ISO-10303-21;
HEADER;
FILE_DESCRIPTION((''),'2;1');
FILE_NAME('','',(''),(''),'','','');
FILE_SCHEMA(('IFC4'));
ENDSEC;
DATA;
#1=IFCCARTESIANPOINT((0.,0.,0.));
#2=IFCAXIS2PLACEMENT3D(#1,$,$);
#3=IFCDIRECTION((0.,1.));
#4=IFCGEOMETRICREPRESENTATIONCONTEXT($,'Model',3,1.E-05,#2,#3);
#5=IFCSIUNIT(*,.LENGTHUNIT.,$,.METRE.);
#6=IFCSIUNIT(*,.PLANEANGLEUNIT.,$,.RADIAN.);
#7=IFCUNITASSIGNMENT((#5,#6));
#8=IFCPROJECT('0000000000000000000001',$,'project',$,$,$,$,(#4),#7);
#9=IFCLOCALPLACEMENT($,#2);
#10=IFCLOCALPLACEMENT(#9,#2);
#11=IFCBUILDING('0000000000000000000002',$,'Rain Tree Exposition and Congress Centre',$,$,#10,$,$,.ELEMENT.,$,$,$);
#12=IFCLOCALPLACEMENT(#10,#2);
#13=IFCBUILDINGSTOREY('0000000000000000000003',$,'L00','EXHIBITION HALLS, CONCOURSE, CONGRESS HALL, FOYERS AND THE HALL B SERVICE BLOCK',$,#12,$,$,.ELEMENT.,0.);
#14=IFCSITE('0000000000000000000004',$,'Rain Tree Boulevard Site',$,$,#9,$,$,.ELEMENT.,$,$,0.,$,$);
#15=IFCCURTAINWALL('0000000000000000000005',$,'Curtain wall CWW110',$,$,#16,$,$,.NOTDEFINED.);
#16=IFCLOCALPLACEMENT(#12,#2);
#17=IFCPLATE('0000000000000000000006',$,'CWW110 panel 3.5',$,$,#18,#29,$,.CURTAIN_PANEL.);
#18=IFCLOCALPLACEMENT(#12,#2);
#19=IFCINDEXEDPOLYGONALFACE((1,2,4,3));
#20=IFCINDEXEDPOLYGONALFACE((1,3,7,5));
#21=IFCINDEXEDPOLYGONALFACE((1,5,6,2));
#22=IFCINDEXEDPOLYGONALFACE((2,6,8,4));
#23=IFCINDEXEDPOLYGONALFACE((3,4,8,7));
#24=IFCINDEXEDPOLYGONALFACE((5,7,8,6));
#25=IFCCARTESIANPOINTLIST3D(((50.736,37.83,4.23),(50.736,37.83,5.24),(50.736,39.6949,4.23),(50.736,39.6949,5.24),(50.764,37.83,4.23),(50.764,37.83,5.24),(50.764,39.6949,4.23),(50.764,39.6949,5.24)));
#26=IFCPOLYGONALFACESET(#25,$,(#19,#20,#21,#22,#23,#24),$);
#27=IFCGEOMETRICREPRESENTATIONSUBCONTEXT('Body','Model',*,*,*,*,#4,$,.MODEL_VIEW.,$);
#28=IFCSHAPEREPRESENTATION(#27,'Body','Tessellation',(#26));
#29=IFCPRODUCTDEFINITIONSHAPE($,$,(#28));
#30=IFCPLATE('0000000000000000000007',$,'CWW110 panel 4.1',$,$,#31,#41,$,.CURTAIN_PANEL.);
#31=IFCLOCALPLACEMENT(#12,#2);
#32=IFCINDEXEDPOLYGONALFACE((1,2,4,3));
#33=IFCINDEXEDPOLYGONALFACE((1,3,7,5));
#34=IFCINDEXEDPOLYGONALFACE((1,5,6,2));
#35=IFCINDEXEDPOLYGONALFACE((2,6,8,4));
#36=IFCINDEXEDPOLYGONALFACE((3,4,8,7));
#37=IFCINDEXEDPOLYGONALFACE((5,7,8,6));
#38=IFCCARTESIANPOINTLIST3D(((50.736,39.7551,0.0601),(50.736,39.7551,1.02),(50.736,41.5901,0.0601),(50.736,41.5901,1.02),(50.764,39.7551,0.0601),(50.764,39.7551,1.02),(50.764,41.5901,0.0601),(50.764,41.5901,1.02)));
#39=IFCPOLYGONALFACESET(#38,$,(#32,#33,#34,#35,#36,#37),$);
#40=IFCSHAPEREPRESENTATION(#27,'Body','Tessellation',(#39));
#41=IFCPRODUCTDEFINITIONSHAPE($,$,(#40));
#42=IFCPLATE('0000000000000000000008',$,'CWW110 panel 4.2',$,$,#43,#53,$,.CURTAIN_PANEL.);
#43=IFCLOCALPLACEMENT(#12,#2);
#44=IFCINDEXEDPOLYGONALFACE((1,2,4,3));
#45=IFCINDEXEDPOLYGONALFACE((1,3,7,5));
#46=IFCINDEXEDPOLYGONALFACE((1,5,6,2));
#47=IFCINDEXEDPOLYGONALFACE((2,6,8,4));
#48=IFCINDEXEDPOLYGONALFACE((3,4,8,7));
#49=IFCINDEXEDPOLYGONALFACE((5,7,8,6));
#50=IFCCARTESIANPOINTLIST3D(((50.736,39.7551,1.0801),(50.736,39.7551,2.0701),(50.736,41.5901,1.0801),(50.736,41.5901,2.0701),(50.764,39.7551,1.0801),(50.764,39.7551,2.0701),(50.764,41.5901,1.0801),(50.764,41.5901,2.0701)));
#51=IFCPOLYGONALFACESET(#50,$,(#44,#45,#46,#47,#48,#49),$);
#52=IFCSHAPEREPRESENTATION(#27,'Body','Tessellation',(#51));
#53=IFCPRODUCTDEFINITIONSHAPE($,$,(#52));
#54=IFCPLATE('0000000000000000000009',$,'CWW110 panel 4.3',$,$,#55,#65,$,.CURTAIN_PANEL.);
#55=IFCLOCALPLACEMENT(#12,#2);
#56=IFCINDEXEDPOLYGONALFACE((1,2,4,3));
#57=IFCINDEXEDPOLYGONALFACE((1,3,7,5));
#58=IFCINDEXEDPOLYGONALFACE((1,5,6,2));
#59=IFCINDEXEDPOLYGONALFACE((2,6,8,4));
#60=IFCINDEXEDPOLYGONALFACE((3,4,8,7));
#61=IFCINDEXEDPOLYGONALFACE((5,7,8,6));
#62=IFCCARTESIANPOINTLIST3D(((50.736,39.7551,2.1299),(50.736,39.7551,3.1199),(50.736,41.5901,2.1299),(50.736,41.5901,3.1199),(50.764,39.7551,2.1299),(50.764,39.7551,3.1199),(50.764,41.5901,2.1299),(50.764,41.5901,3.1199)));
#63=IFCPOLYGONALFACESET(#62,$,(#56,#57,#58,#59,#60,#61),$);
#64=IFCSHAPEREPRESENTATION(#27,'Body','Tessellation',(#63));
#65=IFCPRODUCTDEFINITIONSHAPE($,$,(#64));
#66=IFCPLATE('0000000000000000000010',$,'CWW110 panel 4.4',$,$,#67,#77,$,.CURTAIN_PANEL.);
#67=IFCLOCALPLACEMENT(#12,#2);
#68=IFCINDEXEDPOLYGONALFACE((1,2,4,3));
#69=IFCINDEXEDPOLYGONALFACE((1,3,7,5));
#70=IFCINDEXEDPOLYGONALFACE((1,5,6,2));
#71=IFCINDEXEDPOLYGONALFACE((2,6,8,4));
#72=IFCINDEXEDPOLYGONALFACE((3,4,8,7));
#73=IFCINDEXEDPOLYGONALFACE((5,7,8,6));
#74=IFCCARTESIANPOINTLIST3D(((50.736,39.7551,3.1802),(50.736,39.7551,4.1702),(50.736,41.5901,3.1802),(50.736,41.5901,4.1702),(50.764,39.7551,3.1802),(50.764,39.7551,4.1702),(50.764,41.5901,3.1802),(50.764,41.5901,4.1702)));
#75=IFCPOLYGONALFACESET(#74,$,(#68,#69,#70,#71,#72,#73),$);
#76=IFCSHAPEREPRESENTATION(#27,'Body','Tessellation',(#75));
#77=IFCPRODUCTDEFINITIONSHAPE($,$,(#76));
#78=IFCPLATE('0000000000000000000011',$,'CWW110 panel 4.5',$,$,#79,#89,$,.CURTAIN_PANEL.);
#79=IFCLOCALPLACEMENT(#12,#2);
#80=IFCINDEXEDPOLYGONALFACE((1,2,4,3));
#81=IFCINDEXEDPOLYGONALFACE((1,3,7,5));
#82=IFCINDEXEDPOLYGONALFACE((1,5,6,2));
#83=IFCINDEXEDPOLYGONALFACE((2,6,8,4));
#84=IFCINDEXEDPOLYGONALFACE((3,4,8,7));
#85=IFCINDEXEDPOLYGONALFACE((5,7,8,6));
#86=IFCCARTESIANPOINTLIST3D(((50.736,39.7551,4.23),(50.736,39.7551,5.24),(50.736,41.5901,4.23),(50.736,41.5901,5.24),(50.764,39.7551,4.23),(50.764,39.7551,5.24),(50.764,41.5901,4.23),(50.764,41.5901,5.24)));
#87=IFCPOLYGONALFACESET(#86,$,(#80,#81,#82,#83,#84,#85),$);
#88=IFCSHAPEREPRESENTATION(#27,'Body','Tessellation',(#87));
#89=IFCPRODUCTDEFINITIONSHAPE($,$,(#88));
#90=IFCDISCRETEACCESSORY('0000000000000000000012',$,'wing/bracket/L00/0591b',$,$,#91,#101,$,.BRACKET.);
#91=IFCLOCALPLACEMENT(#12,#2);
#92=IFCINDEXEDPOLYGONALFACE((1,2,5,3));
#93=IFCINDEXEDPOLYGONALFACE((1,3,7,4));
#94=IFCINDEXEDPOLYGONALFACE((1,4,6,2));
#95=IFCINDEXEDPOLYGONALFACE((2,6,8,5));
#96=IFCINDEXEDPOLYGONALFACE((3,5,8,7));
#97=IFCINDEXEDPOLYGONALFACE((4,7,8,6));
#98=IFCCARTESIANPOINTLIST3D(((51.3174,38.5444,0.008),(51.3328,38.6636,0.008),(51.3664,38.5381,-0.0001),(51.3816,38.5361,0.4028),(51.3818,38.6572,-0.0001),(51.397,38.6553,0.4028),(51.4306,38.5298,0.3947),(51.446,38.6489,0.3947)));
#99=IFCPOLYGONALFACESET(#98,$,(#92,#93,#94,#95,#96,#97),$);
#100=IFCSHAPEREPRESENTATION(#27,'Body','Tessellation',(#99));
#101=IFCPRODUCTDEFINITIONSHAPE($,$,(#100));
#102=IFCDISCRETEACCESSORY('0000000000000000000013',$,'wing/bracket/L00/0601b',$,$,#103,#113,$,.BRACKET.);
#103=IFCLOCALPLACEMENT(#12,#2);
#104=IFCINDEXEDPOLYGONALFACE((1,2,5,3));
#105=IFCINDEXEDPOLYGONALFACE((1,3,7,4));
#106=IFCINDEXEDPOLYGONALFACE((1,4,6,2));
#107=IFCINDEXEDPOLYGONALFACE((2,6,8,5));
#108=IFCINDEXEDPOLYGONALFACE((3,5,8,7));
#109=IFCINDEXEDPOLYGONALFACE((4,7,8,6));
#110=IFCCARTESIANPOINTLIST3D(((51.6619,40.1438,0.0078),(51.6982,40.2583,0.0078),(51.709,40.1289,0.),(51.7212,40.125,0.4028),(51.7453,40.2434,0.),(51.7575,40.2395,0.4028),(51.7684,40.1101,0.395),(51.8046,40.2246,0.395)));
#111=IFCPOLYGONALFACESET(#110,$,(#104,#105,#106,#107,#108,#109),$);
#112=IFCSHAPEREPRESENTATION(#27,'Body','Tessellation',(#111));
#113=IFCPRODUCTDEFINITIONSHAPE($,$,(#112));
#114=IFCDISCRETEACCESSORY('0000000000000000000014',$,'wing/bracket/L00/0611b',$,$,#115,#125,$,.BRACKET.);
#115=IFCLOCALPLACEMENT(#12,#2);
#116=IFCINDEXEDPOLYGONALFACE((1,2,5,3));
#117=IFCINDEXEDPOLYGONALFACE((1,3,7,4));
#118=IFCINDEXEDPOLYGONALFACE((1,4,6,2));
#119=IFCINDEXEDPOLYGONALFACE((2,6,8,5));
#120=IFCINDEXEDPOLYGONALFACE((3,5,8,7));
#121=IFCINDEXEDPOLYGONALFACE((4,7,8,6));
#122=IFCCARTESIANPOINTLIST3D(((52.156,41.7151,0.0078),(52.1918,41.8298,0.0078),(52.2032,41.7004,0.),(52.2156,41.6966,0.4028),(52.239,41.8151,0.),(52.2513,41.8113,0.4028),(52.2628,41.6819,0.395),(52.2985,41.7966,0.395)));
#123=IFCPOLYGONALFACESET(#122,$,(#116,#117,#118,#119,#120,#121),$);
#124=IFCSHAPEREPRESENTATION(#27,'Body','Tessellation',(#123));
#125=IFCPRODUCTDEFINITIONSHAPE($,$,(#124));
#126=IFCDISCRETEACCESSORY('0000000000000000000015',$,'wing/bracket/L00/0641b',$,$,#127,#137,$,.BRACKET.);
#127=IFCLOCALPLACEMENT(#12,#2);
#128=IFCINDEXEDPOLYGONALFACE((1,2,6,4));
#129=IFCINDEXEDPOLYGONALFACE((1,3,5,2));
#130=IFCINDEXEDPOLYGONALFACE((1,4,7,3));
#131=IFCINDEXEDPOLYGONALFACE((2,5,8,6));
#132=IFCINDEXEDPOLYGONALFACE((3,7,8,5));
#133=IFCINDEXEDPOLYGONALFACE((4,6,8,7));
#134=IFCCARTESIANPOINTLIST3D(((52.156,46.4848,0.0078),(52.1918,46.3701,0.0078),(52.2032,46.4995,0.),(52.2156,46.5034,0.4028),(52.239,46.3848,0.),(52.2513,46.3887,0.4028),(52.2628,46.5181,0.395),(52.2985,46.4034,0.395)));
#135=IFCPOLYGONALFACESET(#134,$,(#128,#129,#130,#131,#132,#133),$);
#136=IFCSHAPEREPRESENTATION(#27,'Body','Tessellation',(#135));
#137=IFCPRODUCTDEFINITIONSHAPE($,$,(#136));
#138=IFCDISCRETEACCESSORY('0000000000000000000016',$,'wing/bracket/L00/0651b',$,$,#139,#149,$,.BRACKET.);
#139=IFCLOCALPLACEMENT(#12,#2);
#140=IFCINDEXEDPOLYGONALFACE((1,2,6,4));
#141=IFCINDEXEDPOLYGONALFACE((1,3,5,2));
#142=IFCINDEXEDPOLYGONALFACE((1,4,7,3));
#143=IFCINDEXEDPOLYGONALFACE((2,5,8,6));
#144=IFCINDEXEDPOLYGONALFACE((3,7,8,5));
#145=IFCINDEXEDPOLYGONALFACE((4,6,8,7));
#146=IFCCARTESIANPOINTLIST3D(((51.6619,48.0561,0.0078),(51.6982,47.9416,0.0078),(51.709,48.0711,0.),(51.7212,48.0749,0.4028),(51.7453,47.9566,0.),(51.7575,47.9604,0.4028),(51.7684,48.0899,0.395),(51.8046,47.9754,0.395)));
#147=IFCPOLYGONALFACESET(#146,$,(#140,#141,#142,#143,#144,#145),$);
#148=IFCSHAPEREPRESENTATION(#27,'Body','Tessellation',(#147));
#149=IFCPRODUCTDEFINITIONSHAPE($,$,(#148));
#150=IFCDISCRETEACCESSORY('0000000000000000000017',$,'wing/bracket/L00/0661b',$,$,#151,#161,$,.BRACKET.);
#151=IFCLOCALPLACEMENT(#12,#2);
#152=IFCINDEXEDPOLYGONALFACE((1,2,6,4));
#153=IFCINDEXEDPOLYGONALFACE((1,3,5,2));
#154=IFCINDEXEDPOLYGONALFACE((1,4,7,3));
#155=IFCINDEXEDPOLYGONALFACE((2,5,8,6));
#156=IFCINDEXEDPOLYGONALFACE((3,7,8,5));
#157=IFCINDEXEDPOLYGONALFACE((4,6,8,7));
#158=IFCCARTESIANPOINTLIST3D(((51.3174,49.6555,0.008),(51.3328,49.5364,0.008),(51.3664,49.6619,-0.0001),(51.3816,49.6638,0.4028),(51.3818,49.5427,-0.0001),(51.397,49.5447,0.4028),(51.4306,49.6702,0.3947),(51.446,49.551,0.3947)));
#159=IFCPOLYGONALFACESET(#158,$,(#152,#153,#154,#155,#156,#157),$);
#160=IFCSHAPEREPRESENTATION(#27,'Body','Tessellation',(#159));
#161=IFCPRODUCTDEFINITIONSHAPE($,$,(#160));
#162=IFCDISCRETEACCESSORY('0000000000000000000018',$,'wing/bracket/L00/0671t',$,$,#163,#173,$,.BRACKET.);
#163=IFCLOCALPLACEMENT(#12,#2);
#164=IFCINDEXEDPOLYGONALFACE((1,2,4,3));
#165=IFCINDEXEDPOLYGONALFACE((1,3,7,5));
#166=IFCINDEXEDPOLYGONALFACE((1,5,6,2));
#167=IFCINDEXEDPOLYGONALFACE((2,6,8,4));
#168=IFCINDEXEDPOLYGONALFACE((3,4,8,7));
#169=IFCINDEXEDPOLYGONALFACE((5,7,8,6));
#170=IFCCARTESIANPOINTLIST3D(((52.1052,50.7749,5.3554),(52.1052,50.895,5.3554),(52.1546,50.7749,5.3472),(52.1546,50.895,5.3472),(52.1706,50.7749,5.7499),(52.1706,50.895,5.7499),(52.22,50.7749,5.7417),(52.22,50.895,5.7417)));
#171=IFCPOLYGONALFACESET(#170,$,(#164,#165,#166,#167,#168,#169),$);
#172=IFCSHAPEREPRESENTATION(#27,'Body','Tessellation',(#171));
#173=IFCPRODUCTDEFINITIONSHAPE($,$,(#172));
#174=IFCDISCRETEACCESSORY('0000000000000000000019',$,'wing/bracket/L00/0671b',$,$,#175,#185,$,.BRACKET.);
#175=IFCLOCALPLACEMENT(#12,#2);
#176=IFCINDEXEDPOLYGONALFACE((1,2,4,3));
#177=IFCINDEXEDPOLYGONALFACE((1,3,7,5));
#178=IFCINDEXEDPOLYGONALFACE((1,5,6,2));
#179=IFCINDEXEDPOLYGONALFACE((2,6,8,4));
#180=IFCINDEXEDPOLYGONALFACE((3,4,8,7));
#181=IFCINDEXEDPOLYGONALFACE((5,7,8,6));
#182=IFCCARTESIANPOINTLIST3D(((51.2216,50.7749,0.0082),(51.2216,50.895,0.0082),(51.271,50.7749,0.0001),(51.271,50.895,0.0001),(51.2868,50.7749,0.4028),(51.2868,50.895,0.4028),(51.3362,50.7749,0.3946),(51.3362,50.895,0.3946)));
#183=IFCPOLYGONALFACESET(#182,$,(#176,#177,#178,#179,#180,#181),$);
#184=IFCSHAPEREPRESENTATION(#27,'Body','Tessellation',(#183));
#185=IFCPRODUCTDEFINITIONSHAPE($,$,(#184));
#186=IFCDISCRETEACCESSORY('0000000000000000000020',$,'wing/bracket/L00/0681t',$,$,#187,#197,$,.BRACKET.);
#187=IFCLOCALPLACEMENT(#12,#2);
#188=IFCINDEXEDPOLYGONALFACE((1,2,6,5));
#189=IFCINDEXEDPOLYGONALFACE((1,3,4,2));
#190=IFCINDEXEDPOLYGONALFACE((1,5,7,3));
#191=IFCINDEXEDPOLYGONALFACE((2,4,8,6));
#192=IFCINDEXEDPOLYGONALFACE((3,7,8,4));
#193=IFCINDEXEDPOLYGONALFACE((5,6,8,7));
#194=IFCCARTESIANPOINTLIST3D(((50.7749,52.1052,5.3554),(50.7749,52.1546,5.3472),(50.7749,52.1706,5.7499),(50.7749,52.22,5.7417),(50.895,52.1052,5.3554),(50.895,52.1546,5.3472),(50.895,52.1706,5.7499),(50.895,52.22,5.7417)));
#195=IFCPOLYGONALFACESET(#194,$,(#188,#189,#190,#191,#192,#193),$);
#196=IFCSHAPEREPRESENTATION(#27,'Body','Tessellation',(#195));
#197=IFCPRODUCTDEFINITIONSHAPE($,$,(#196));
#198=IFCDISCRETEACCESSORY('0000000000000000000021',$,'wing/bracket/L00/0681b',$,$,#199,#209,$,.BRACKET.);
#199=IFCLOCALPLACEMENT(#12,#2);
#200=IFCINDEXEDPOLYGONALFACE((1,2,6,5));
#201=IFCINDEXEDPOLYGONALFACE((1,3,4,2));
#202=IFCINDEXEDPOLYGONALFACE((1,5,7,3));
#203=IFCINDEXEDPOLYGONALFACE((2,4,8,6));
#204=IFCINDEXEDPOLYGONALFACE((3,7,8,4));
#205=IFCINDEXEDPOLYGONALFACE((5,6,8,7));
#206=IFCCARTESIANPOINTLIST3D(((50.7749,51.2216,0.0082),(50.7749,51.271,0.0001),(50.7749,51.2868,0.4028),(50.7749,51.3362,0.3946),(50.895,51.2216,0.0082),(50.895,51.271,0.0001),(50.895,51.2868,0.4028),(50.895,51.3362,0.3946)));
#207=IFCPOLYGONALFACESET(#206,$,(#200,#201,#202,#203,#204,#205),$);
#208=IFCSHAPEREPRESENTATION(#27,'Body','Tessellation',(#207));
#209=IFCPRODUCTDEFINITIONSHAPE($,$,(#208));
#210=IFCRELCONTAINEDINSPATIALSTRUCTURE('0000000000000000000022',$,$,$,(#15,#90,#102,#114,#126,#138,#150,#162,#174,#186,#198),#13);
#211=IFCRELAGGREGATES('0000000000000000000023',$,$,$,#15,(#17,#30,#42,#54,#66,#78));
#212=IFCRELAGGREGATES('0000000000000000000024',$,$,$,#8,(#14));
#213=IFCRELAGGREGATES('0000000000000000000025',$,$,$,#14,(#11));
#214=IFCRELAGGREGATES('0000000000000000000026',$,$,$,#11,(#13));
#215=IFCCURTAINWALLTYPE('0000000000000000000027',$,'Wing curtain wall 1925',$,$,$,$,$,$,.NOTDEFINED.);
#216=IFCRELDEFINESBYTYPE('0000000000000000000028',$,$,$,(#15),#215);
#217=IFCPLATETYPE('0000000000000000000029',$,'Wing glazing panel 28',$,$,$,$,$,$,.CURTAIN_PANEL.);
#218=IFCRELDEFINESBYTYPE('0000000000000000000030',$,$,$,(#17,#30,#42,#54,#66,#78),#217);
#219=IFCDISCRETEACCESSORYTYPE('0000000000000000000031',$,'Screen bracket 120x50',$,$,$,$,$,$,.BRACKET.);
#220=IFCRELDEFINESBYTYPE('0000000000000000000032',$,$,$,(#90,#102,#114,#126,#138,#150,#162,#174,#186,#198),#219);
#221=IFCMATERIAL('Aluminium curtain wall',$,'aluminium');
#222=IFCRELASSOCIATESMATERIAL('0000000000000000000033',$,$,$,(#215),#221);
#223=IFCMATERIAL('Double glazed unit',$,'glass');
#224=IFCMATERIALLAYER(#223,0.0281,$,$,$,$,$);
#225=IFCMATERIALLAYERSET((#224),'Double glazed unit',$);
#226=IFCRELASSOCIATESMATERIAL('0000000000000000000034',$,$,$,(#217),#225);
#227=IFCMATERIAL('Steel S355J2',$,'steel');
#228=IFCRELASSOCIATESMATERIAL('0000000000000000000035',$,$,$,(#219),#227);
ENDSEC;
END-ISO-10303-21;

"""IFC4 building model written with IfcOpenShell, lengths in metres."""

from ifc_helpers import new_model, si_unit, direction, frame, origin, origin_2d, place, context, subcontext, project, spatial, rectangle, extrude, material, layer, layer_set, material_profile, profile_set, type_object, element, aggregate, save


model = new_model("IFC4")

# Units and contexts
model_context = context("Model", 3, precision=1e-05, world=origin(), true_north=direction((0.0, 1.0)))
body_context = subcontext(model_context, "Body", "Model", "MODEL_VIEW")
ifc_project = project(units=[si_unit("LENGTHUNIT", "METRE"), si_unit("PLANEANGLEUNIT", "RADIAN")], contexts=[model_context])

# Site, building, storey
site_placement = place(None, origin())
site = spatial("IfcSite", under=ifc_project, at=site_placement, Name="Rain Tree Boulevard Site", CompositionType="ELEMENT", RefElevation=0.0)
building_placement = place(site_placement, origin())
building = spatial("IfcBuilding", under=site, at=building_placement, Name="Rain Tree Exposition and Congress Centre", CompositionType="ELEMENT")
storey_placement = place(building_placement, origin())
storey = spatial("IfcBuildingStorey", under=building, at=storey_placement, Name="L00", Description="EXHIBITION HALLS, CONCOURSE, CONGRESS HALL, FOYERS AND THE HALL B SERVICE BLOCK", CompositionType="ELEMENT", Elevation=0.0)

# Curtain wall, plates
ifc_material_1 = material(Name="Aluminium curtain wall", Category="aluminium")
curtain_wall_type = type_object("IfcCurtainWallType", Name="Wing curtain wall 1925", PredefinedType="NOTDEFINED", material=ifc_material_1)
curtain_wall_placement = place(storey_placement, origin())
curtain_wall = element("IfcCurtainWall", 1, at=curtain_wall_placement, inside=storey, type_object=curtain_wall_type, Name="Curtain wall CWW110", PredefinedType="NOTDEFINED")
ifc_material_2 = material(Name="Double glazed unit", Category="glass")
ifc_layer_1 = layer(ifc_material_2, 0.0281)
ifc_layer_set_1 = layer_set([ifc_layer_1], Name="Double glazed unit")
plate_type = type_object("IfcPlateType", Name="Wing glazing panel 28", PredefinedType="CURTAIN_PANEL", material=ifc_layer_set_1)
plate_1_placement = place(storey_placement, frame((50.75, 38.7625, 4.23), z_axis=(0.0, 0.0, 1.0), x_axis=(0.0, 1.0, 0.0)))
plate_1 = element("IfcPlate", 2, at=plate_1_placement, type_object=plate_type, Name="CWW110 panel 3.5", PredefinedType="CURTAIN_PANEL", context=body_context, shape_type="SweptSolid", body=[
    extrude(rectangle(XDim=1.865, YDim=0.0281, at=origin_2d()), origin(), (0.0, 0.0, 1.0), 1.01),
])
plate_2_placement = place(storey_placement, frame((50.75, 40.6726, 0.0601), z_axis=(0.0, 0.0, 1.0), x_axis=(0.0, 1.0, 0.0)))
plate_2 = element("IfcPlate", 3, at=plate_2_placement, type_object=plate_type, Name="CWW110 panel 4.1", PredefinedType="CURTAIN_PANEL", context=body_context, shape_type="SweptSolid", body=[
    extrude(rectangle(XDim=1.835, YDim=0.0281, at=origin_2d()), origin(), (0.0, 0.0, 1.0), 0.96),
])
plate_3_placement = place(storey_placement, frame((50.75, 40.6726, 1.0801), z_axis=(0.0, 0.0, 1.0), x_axis=(0.0, 1.0, 0.0)))
plate_3 = element("IfcPlate", 4, at=plate_3_placement, type_object=plate_type, Name="CWW110 panel 4.2", PredefinedType="CURTAIN_PANEL", context=body_context, shape_type="SweptSolid", body=[
    extrude(rectangle(XDim=1.835, YDim=0.0281, at=origin_2d()), origin(), (0.0, 0.0, 1.0), 0.99),
])
plate_4_placement = place(storey_placement, frame((50.75, 40.6726, 2.1299), z_axis=(0.0, 0.0, 1.0), x_axis=(0.0, 1.0, 0.0)))
plate_4 = element("IfcPlate", 5, at=plate_4_placement, type_object=plate_type, Name="CWW110 panel 4.3", PredefinedType="CURTAIN_PANEL", context=body_context, shape_type="SweptSolid", body=[
    extrude(rectangle(XDim=1.835, YDim=0.0281, at=origin_2d()), origin(), (0.0, 0.0, 1.0), 0.99),
])
plate_5_placement = place(storey_placement, frame((50.75, 40.6726, 3.1802), z_axis=(0.0, 0.0, 1.0), x_axis=(0.0, 1.0, 0.0)))
plate_5 = element("IfcPlate", 6, at=plate_5_placement, type_object=plate_type, Name="CWW110 panel 4.4", PredefinedType="CURTAIN_PANEL", context=body_context, shape_type="SweptSolid", body=[
    extrude(rectangle(XDim=1.835, YDim=0.0281, at=origin_2d()), origin(), (0.0, 0.0, 1.0), 0.99),
])
plate_6_placement = place(storey_placement, frame((50.75, 40.6726, 4.23), z_axis=(0.0, 0.0, 1.0), x_axis=(0.0, 1.0, 0.0)))
plate_6 = element("IfcPlate", 7, at=plate_6_placement, type_object=plate_type, Name="CWW110 panel 4.5", PredefinedType="CURTAIN_PANEL", context=body_context, shape_type="SweptSolid", body=[
    extrude(rectangle(XDim=1.835, YDim=0.0281, at=origin_2d()), origin(), (0.0, 0.0, 1.0), 1.01),
])
aggregate(curtain_wall, [plate_1, plate_2, plate_3, plate_4, plate_5, plate_6])

# Discrete accessories
ifc_material_3 = material(Name="Steel S355J2", Category="steel")
ifc_material_profile_1 = material_profile(ifc_material_3, rectangle(XDim=0.1201, YDim=0.05, at=origin_2d()), Name="Flat bar 120x50")
ifc_profile_set_1 = profile_set([ifc_material_profile_1], Name="Steel S355J2")
discrete_accessory_type = type_object("IfcDiscreteAccessoryType", Name="Screen bracket 120x50", PredefinedType="BRACKET", material=ifc_profile_set_1)
discrete_accessory_1_placement = place(storey_placement, frame((51.3496, 38.6008, 0.0039), z_axis=(0.160503, -0.020749, 0.986817), x_axis=(0.128211, 0.991747, 0.0)))
element("IfcDiscreteAccessory", 8, at=discrete_accessory_1_placement, inside=storey, type_object=discrete_accessory_type, Name="wing/bracket/L00/0591b", PredefinedType="BRACKET", context=body_context, shape_type="SweptSolid", body=[
    extrude(rectangle(XDim=0.1201, YDim=0.05, at=origin_2d()), origin(), (0.0, 0.0, 1.0), 0.4001),
])
for number, where, z_axis, x_axis, name in (
    (9, (51.7036, 40.1936, 0.0039), (0.148356, -0.04701, 0.987816), (0.30207, 0.953286, 0.0), "wing/bracket/L00/0601b"),
    (10, (52.1975, 41.7651, 0.0039), (0.148957, -0.046396, 0.987755), (0.297384, 0.954758, 0.0), "wing/bracket/L00/0611b"),
    (11, (52.1975, 46.4348, 0.0039), (0.148957, 0.046396, 0.987755), (-0.297384, 0.954758, 0.0), "wing/bracket/L00/0641b"),
    (12, (51.7036, 48.0063, 0.0039), (0.148356, 0.04701, 0.987816), (-0.30207, 0.953286, 0.0), "wing/bracket/L00/0651b"),
):
    element("IfcDiscreteAccessory", number, at=place(storey_placement, frame(where, z_axis=z_axis, x_axis=x_axis)), inside=storey, type_object=discrete_accessory_type, Name=name, PredefinedType="BRACKET", context=body_context, shape_type="SweptSolid", body=[
        extrude(rectangle(XDim=0.1201, YDim=0.05, at=origin_2d()), origin(), (0.0, 0.0, 1.0), 0.3999),
    ])
discrete_accessory_2_placement = place(storey_placement, frame((51.3496, 49.5991, 0.0039), z_axis=(0.160503, 0.020749, 0.986817), x_axis=(-0.128211, 0.991747, 0.0)))
element("IfcDiscreteAccessory", 13, at=discrete_accessory_2_placement, inside=storey, type_object=discrete_accessory_type, Name="wing/bracket/L00/0661b", PredefinedType="BRACKET", context=body_context, shape_type="SweptSolid", body=[
    extrude(rectangle(XDim=0.1201, YDim=0.05, at=origin_2d()), origin(), (0.0, 0.0, 1.0), 0.4001),
])
for number, where, z_axis, x_axis, name in (
    (14, (52.1299, 50.835, 5.3513), (0.163607, 0.0, 0.986526), (0.0, 1.0, 0.0), "wing/bracket/L00/0671t"),
    (15, (51.2463, 50.835, 0.0042), (0.163013, 0.0, 0.986624), (0.0, 1.0, 0.0), "wing/bracket/L00/0671b"),
    (16, (50.835, 52.1299, 5.3513), (0.0, 0.163607, 0.986526), (-1.0, 0.0, 0.0), "wing/bracket/L00/0681t"),
    (17, (50.835, 51.2463, 0.0042), (0.0, 0.163013, 0.986624), (-1.0, 0.0, 0.0), "wing/bracket/L00/0681b"),
):
    element("IfcDiscreteAccessory", number, at=place(storey_placement, frame(where, z_axis=z_axis, x_axis=x_axis)), inside=storey, type_object=discrete_accessory_type, Name=name, PredefinedType="BRACKET", context=body_context, shape_type="SweptSolid", body=[
        extrude(rectangle(XDim=0.1201, YDim=0.05, at=origin_2d()), origin(), (0.0, 0.0, 1.0), 0.3999),
    ])

save(model, "model.ifc")
